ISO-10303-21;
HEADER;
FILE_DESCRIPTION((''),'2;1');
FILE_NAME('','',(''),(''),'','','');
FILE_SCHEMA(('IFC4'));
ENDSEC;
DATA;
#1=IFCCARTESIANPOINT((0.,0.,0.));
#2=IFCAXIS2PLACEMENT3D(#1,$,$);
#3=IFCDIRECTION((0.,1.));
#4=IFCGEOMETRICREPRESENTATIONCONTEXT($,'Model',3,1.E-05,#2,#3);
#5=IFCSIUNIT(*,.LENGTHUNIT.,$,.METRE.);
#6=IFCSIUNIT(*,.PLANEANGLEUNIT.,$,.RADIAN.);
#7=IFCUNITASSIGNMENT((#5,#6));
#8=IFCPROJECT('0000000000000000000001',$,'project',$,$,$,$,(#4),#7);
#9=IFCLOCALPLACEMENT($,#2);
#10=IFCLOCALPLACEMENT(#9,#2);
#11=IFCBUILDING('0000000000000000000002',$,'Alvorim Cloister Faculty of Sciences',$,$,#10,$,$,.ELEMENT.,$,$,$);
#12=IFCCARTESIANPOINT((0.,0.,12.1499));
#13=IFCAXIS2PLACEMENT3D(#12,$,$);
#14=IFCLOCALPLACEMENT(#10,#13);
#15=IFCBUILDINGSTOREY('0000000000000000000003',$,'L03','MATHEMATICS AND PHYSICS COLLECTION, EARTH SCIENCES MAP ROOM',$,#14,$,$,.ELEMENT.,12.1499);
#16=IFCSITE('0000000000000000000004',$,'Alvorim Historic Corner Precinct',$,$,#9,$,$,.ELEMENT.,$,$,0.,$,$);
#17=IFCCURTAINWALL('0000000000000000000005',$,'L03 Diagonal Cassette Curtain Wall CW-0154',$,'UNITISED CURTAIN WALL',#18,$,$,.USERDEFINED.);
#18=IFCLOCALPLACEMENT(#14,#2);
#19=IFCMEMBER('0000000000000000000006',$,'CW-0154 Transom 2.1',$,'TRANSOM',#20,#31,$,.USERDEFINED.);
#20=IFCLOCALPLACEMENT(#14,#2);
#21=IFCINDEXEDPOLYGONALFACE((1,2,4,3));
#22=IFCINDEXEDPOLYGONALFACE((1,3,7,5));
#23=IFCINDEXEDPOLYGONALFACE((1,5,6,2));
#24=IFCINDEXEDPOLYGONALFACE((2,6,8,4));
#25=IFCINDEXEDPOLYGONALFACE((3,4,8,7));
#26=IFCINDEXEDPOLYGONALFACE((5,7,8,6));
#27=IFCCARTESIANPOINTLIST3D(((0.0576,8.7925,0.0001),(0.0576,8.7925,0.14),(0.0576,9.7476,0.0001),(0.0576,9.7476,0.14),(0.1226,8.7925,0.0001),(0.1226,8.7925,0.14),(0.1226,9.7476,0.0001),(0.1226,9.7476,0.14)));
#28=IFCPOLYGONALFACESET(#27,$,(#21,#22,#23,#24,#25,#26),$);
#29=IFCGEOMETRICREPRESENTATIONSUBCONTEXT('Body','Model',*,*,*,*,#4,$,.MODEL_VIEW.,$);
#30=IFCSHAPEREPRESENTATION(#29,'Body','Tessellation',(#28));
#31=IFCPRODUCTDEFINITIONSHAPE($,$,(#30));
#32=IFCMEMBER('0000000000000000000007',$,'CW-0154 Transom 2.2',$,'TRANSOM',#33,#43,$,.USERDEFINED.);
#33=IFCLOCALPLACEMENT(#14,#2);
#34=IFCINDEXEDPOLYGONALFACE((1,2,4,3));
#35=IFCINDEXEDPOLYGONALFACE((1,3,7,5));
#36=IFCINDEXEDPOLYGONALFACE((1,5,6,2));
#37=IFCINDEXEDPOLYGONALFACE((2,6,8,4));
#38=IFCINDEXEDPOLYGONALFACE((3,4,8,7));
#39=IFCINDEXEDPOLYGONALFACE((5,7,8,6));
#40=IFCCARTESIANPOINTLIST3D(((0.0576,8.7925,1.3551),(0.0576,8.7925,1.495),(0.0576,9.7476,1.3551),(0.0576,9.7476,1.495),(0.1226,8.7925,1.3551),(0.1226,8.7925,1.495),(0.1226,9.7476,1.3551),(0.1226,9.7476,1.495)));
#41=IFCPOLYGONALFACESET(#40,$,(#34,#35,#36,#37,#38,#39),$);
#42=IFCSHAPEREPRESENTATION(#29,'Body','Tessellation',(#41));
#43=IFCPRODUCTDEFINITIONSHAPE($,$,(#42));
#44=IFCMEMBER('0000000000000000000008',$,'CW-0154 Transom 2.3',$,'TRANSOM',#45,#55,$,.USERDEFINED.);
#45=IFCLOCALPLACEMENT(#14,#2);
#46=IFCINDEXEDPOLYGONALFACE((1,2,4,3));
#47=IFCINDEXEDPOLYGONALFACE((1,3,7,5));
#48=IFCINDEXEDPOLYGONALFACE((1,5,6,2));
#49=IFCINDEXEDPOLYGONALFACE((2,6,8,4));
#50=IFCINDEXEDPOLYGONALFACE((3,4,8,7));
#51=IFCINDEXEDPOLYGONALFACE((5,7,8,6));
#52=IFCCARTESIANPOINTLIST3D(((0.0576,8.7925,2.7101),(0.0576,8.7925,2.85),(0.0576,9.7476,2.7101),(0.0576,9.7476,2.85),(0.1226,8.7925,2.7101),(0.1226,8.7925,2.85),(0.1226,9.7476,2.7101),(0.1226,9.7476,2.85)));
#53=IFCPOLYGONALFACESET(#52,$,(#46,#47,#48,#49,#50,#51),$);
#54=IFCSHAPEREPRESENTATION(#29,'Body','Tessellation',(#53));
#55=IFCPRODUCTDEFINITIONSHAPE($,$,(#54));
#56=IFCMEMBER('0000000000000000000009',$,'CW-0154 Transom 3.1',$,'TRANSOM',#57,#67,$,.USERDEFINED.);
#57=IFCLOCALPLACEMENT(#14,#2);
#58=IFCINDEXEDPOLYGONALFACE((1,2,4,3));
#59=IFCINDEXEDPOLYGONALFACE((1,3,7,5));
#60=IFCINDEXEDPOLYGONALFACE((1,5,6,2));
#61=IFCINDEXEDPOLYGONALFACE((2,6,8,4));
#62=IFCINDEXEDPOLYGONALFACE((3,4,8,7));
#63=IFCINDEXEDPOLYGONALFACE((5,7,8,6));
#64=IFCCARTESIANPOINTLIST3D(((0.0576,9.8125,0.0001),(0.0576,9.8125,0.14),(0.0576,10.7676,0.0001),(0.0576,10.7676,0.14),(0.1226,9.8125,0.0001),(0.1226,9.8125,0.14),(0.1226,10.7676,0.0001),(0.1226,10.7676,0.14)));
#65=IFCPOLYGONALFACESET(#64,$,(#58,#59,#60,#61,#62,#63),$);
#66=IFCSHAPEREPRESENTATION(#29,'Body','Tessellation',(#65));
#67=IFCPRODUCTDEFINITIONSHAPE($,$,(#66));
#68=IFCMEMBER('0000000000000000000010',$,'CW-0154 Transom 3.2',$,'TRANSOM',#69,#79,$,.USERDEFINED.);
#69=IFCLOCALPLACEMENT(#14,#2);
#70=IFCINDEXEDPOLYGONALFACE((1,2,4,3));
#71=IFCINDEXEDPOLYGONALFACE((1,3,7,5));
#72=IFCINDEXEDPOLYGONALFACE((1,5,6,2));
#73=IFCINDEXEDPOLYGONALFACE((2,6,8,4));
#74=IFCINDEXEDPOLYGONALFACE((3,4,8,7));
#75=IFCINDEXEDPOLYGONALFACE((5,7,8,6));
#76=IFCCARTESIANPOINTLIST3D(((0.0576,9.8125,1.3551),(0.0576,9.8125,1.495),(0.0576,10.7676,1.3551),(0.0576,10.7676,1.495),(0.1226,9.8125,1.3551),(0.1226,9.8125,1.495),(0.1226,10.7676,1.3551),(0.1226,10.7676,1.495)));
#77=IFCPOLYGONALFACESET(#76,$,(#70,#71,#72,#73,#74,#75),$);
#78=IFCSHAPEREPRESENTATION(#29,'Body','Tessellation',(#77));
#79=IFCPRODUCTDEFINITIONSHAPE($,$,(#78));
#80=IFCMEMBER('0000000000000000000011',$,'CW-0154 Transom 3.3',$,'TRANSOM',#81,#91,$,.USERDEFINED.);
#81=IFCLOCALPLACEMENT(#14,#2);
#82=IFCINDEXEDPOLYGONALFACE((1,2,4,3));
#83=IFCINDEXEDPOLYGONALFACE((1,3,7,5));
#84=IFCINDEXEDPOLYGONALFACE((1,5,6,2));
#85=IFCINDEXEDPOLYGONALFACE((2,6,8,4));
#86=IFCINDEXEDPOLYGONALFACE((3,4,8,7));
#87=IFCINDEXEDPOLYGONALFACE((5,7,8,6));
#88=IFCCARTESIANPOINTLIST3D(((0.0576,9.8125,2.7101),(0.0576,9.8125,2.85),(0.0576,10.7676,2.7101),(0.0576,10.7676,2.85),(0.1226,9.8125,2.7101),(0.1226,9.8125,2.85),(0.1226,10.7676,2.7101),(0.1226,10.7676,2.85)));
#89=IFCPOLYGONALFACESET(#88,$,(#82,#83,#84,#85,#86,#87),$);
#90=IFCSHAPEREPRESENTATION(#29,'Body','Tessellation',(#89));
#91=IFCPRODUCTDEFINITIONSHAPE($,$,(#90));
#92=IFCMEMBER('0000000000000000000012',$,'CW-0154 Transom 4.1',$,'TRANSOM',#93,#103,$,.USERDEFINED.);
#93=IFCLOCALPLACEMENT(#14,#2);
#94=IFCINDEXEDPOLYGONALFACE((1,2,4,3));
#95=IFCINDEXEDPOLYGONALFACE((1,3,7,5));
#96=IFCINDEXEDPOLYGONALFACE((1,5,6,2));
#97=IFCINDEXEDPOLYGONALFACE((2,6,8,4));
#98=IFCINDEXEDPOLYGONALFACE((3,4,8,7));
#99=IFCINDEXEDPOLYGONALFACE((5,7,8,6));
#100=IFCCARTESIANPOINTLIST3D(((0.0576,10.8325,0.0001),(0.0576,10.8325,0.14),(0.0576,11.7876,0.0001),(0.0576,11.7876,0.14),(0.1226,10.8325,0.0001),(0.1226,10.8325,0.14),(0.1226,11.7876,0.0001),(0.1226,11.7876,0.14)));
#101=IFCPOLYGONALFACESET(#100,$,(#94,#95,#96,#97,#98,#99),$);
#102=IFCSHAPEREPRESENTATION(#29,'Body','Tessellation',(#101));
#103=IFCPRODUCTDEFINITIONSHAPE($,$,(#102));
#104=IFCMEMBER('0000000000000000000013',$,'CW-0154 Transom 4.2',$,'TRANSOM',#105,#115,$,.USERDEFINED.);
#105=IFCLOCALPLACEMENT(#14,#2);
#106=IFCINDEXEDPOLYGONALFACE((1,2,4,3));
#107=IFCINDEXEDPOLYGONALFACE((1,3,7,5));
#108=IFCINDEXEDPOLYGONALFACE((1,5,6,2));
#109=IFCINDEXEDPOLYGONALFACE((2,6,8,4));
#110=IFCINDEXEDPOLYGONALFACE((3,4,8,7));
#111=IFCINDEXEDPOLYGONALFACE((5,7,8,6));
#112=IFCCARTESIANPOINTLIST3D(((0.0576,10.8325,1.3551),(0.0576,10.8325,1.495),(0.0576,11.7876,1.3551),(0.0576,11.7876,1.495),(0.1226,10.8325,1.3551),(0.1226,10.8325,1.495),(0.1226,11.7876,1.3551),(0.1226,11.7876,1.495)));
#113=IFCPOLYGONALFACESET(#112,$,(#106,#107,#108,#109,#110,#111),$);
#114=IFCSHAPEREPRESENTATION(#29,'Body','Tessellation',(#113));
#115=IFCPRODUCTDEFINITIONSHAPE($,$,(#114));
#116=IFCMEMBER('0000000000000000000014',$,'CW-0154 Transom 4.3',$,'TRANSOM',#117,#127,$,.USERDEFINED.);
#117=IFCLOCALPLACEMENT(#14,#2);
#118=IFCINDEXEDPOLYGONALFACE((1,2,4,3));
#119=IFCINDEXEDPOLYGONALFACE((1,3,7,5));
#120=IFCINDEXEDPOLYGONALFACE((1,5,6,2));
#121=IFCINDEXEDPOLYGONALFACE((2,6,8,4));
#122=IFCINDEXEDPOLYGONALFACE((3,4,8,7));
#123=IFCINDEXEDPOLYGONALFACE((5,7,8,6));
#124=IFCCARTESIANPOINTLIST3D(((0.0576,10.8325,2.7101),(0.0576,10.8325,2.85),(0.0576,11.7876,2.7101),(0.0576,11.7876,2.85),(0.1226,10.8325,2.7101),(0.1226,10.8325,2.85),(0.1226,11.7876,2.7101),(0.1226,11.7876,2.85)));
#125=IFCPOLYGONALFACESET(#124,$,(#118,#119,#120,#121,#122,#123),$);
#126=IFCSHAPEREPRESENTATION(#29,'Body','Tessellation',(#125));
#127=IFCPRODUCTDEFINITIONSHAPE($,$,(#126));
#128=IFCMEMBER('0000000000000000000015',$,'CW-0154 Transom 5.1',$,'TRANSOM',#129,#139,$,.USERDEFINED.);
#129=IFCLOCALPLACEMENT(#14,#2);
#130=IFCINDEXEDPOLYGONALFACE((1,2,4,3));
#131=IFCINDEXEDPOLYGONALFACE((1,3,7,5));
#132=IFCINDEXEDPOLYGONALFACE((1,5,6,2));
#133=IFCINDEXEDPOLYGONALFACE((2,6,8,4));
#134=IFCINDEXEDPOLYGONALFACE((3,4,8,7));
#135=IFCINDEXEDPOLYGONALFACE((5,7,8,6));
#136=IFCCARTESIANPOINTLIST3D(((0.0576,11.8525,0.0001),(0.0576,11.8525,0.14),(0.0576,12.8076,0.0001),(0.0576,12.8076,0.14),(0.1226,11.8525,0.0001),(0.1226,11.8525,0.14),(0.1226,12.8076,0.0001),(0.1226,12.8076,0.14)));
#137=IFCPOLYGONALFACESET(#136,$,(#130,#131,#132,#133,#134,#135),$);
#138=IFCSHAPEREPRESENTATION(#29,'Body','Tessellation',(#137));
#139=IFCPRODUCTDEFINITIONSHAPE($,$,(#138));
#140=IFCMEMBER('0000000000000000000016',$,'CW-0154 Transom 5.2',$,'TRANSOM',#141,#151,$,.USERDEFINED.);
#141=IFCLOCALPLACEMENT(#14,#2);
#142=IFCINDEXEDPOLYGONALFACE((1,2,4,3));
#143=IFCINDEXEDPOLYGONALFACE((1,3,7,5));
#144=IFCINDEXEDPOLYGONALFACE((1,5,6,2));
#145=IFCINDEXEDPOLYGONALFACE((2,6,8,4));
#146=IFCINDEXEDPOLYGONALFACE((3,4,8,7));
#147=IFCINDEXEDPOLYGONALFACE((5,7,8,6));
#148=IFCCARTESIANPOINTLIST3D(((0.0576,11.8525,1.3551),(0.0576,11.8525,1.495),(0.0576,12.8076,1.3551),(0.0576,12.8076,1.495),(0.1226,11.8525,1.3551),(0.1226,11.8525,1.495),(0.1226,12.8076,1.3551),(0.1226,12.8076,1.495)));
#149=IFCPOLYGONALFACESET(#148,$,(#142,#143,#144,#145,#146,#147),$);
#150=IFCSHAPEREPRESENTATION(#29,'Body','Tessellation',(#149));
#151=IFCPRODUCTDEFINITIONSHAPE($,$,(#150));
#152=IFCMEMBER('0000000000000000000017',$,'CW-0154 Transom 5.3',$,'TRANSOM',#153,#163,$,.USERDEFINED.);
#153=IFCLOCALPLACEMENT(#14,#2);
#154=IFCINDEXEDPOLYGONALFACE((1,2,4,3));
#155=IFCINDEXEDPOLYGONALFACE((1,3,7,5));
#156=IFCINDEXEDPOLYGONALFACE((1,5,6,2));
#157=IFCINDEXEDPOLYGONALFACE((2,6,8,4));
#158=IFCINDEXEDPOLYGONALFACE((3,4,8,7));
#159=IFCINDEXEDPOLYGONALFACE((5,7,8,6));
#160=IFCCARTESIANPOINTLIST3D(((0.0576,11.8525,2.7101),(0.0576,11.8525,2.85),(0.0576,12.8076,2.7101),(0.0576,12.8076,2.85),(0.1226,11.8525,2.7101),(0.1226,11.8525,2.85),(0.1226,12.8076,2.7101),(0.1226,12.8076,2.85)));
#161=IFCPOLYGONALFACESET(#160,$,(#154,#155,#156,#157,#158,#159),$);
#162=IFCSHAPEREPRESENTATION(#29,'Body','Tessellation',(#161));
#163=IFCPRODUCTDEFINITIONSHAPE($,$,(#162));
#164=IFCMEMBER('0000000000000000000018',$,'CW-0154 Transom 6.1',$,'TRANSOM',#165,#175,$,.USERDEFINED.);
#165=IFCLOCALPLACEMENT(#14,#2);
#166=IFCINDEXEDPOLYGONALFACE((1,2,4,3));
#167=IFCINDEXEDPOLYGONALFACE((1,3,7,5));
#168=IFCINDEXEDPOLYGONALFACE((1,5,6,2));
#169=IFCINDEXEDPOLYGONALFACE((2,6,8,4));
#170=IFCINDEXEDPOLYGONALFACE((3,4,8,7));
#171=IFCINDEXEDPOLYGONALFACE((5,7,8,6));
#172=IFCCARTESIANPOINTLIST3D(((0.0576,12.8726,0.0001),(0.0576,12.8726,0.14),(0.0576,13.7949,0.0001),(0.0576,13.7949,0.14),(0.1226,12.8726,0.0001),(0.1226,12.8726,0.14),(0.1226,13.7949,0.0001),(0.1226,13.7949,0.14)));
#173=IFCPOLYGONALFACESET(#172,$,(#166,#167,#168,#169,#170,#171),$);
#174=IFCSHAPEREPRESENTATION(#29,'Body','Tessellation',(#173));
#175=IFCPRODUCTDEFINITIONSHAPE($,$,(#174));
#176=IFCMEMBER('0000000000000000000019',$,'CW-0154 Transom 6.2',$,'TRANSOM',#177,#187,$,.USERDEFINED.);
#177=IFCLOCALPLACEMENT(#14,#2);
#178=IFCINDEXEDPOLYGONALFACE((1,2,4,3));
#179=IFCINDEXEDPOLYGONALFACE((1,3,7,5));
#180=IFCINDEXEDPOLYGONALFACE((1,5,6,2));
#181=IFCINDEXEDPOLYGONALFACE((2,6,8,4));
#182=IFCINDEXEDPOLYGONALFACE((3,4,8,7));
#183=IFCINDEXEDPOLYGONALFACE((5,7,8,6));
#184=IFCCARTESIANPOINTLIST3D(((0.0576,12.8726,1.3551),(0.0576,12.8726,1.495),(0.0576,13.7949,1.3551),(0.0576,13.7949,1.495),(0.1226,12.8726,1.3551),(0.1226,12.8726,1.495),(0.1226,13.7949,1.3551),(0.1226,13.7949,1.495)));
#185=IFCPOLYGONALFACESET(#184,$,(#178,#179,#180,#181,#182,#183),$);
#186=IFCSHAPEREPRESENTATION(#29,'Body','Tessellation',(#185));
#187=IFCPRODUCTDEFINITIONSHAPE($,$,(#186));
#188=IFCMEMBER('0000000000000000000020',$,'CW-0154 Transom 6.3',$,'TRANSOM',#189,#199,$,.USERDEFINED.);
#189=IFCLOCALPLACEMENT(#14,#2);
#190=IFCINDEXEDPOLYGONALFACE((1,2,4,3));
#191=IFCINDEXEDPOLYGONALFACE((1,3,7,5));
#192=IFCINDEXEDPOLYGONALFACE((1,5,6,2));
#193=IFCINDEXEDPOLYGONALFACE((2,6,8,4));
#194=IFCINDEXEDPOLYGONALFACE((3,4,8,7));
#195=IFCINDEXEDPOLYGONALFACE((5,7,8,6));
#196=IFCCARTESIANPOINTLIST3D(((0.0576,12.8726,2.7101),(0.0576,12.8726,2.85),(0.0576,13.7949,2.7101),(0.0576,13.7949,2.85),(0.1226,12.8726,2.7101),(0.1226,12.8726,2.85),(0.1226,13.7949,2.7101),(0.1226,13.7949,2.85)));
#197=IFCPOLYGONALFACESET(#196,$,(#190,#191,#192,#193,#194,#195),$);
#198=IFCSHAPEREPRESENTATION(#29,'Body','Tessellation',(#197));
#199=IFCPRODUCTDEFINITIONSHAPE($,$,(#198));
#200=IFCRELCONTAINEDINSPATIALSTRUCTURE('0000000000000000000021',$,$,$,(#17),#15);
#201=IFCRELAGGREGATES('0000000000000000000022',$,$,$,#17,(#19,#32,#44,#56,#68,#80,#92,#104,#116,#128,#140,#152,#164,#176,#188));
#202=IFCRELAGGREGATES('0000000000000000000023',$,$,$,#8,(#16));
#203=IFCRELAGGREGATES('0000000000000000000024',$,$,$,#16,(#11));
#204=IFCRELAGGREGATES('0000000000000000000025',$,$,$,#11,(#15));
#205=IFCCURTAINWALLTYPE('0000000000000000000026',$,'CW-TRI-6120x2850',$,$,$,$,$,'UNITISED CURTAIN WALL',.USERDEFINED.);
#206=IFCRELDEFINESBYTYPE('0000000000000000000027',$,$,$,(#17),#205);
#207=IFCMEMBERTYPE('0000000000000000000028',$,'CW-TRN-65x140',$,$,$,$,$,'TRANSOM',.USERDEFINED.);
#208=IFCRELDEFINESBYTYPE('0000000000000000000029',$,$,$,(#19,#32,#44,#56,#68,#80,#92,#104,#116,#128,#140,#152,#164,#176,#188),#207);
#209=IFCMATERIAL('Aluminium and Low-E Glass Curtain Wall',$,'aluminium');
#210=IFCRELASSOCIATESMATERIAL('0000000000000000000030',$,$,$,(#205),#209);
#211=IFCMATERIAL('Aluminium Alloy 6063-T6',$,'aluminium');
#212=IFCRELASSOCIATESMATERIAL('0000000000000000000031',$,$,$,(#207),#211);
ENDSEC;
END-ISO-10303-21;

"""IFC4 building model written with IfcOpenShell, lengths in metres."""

from ifc_helpers import new_model, si_unit, direction, frame, origin, origin_2d, place, context, subcontext, project, spatial, rectangle, extrude, material, material_profile, profile_set, type_object, element, aggregate, save


model = new_model("IFC4")

# Units and contexts
model_context = context("Model", 3, precision=1e-05, world=origin(), true_north=direction((0.0, 1.0)))
body_context = subcontext(model_context, "Body", "Model", "MODEL_VIEW")
ifc_project = project(units=[si_unit("LENGTHUNIT", "METRE"), si_unit("PLANEANGLEUNIT", "RADIAN")], contexts=[model_context])

# Site, building, storey
site_placement = place(None, origin())
site = spatial("IfcSite", under=ifc_project, at=site_placement, Name="Alvorim Historic Corner Precinct", CompositionType="ELEMENT", RefElevation=0.0)
building_placement = place(site_placement, origin())
building = spatial("IfcBuilding", under=site, at=building_placement, Name="Alvorim Cloister Faculty of Sciences", CompositionType="ELEMENT")
storey_placement = place(building_placement, frame((0.0, 0.0, 12.1499)))
storey = spatial("IfcBuildingStorey", under=building, at=storey_placement, Name="L03", Description="MATHEMATICS AND PHYSICS COLLECTION, EARTH SCIENCES MAP ROOM", CompositionType="ELEMENT", Elevation=12.1499)

# Shared definitions
ifc_material_1 = material(Name="Aluminium and Low-E Glass Curtain Wall", Category="aluminium")
curtain_wall_type = type_object("IfcCurtainWallType", Name="CW-TRI-6120x2850", ElementType="UNITISED CURTAIN WALL", PredefinedType="USERDEFINED", material=ifc_material_1)
ifc_material_2 = material(Name="Aluminium Alloy 6063-T6", Category="aluminium")

# Curtain wall
curtain_wall_1_placement = place(storey_placement, origin())
curtain_wall_1 = element("IfcCurtainWall", 1, at=curtain_wall_1_placement, inside=storey, type_object=curtain_wall_type, Name="L03 Diagonal Cassette Curtain Wall CW-0154", ObjectType="UNITISED CURTAIN WALL", PredefinedType="USERDEFINED")

# Members
ifc_material_profile_1 = material_profile(ifc_material_2, rectangle(XDim=0.0649, YDim=0.1399, at=origin_2d()), Name="ALU-TRN-65x140")
ifc_profile_set_1 = profile_set([ifc_material_profile_1], Name="Aluminium Alloy 6063-T6")
member_type_1 = type_object("IfcMemberType", Name="CW-TRN-65x140", ElementType="TRANSOM", PredefinedType="USERDEFINED", material=ifc_profile_set_1)
member_1_placement = place(storey_placement, frame((0.0901, 8.7925, 0.0701), z_axis=(0.0, 1.0, 0.0), x_axis=(-1.0, 0.0, 0.0)))
member_1 = element("IfcMember", 2, at=member_1_placement, type_object=member_type_1, Name="CW-0154 Transom 2.1", ObjectType="TRANSOM", PredefinedType="USERDEFINED", context=body_context, shape_type="SweptSolid", body=[
    extrude(rectangle(XDim=0.0649, YDim=0.1399, at=origin_2d()), origin(), (0.0, 0.0, 1.0), 0.9551),
])
member_2_placement = place(storey_placement, frame((0.0901, 8.7925, 1.425), z_axis=(0.0, 1.0, 0.0), x_axis=(-1.0, 0.0, 0.0)))
member_2 = element("IfcMember", 3, at=member_2_placement, type_object=member_type_1, Name="CW-0154 Transom 2.2", ObjectType="TRANSOM", PredefinedType="USERDEFINED", context=body_context, shape_type="SweptSolid", body=[
    extrude(rectangle(XDim=0.0649, YDim=0.1399, at=origin_2d()), origin(), (0.0, 0.0, 1.0), 0.9551),
])
member_3_placement = place(storey_placement, frame((0.0901, 8.7925, 2.78), z_axis=(0.0, 1.0, 0.0), x_axis=(-1.0, 0.0, 0.0)))
member_3 = element("IfcMember", 4, at=member_3_placement, type_object=member_type_1, Name="CW-0154 Transom 2.3", ObjectType="TRANSOM", PredefinedType="USERDEFINED", context=body_context, shape_type="SweptSolid", body=[
    extrude(rectangle(XDim=0.0649, YDim=0.1399, at=origin_2d()), origin(), (0.0, 0.0, 1.0), 0.9551),
])
member_4_placement = place(storey_placement, frame((0.0901, 9.8125, 0.0701), z_axis=(0.0, 1.0, 0.0), x_axis=(-1.0, 0.0, 0.0)))
member_4 = element("IfcMember", 5, at=member_4_placement, type_object=member_type_1, Name="CW-0154 Transom 3.1", ObjectType="TRANSOM", PredefinedType="USERDEFINED", context=body_context, shape_type="SweptSolid", body=[
    extrude(rectangle(XDim=0.0649, YDim=0.1399, at=origin_2d()), origin(), (0.0, 0.0, 1.0), 0.9551),
])
member_5_placement = place(storey_placement, frame((0.0901, 9.8125, 1.425), z_axis=(0.0, 1.0, 0.0), x_axis=(-1.0, 0.0, 0.0)))
member_5 = element("IfcMember", 6, at=member_5_placement, type_object=member_type_1, Name="CW-0154 Transom 3.2", ObjectType="TRANSOM", PredefinedType="USERDEFINED", context=body_context, shape_type="SweptSolid", body=[
    extrude(rectangle(XDim=0.0649, YDim=0.1399, at=origin_2d()), origin(), (0.0, 0.0, 1.0), 0.9551),
])
member_6_placement = place(storey_placement, frame((0.0901, 9.8125, 2.78), z_axis=(0.0, 1.0, 0.0), x_axis=(-1.0, 0.0, 0.0)))
member_6 = element("IfcMember", 7, at=member_6_placement, type_object=member_type_1, Name="CW-0154 Transom 3.3", ObjectType="TRANSOM", PredefinedType="USERDEFINED", context=body_context, shape_type="SweptSolid", body=[
    extrude(rectangle(XDim=0.0649, YDim=0.1399, at=origin_2d()), origin(), (0.0, 0.0, 1.0), 0.9551),
])
member_7_placement = place(storey_placement, frame((0.0901, 10.8325, 0.0701), z_axis=(0.0, 1.0, 0.0), x_axis=(-1.0, 0.0, 0.0)))
member_7 = element("IfcMember", 8, at=member_7_placement, type_object=member_type_1, Name="CW-0154 Transom 4.1", ObjectType="TRANSOM", PredefinedType="USERDEFINED", context=body_context, shape_type="SweptSolid", body=[
    extrude(rectangle(XDim=0.0649, YDim=0.1399, at=origin_2d()), origin(), (0.0, 0.0, 1.0), 0.9551),
])
member_8_placement = place(storey_placement, frame((0.0901, 10.8325, 1.425), z_axis=(0.0, 1.0, 0.0), x_axis=(-1.0, 0.0, 0.0)))
member_8 = element("IfcMember", 9, at=member_8_placement, type_object=member_type_1, Name="CW-0154 Transom 4.2", ObjectType="TRANSOM", PredefinedType="USERDEFINED", context=body_context, shape_type="SweptSolid", body=[
    extrude(rectangle(XDim=0.0649, YDim=0.1399, at=origin_2d()), origin(), (0.0, 0.0, 1.0), 0.9551),
])
member_9_placement = place(storey_placement, frame((0.0901, 10.8325, 2.78), z_axis=(0.0, 1.0, 0.0), x_axis=(-1.0, 0.0, 0.0)))
member_9 = element("IfcMember", 10, at=member_9_placement, type_object=member_type_1, Name="CW-0154 Transom 4.3", ObjectType="TRANSOM", PredefinedType="USERDEFINED", context=body_context, shape_type="SweptSolid", body=[
    extrude(rectangle(XDim=0.0649, YDim=0.1399, at=origin_2d()), origin(), (0.0, 0.0, 1.0), 0.9551),
])
member_10_placement = place(storey_placement, frame((0.0901, 11.8525, 0.0701), z_axis=(0.0, 1.0, 0.0), x_axis=(-1.0, 0.0, 0.0)))
member_10 = element("IfcMember", 11, at=member_10_placement, type_object=member_type_1, Name="CW-0154 Transom 5.1", ObjectType="TRANSOM", PredefinedType="USERDEFINED", context=body_context, shape_type="SweptSolid", body=[
    extrude(rectangle(XDim=0.0649, YDim=0.1399, at=origin_2d()), origin(), (0.0, 0.0, 1.0), 0.9551),
])
member_11_placement = place(storey_placement, frame((0.0901, 11.8525, 1.425), z_axis=(0.0, 1.0, 0.0), x_axis=(-1.0, 0.0, 0.0)))
member_11 = element("IfcMember", 12, at=member_11_placement, type_object=member_type_1, Name="CW-0154 Transom 5.2", ObjectType="TRANSOM", PredefinedType="USERDEFINED", context=body_context, shape_type="SweptSolid", body=[
    extrude(rectangle(XDim=0.0649, YDim=0.1399, at=origin_2d()), origin(), (0.0, 0.0, 1.0), 0.9551),
])
member_12_placement = place(storey_placement, frame((0.0901, 11.8525, 2.78), z_axis=(0.0, 1.0, 0.0), x_axis=(-1.0, 0.0, 0.0)))
member_12 = element("IfcMember", 13, at=member_12_placement, type_object=member_type_1, Name="CW-0154 Transom 5.3", ObjectType="TRANSOM", PredefinedType="USERDEFINED", context=body_context, shape_type="SweptSolid", body=[
    extrude(rectangle(XDim=0.0649, YDim=0.1399, at=origin_2d()), origin(), (0.0, 0.0, 1.0), 0.9551),
])
member_13_placement = place(storey_placement, frame((0.0901, 12.8726, 0.0701), z_axis=(0.0, 1.0, 0.0), x_axis=(-1.0, 0.0, 0.0)))
member_13 = element("IfcMember", 14, at=member_13_placement, type_object=member_type_1, Name="CW-0154 Transom 6.1", ObjectType="TRANSOM", PredefinedType="USERDEFINED", context=body_context, shape_type="SweptSolid", body=[
    extrude(rectangle(XDim=0.0649, YDim=0.1399, at=origin_2d()), origin(), (0.0, 0.0, 1.0), 0.9224),
])
member_14_placement = place(storey_placement, frame((0.0901, 12.8726, 1.425), z_axis=(0.0, 1.0, 0.0), x_axis=(-1.0, 0.0, 0.0)))
member_14 = element("IfcMember", 15, at=member_14_placement, type_object=member_type_1, Name="CW-0154 Transom 6.2", ObjectType="TRANSOM", PredefinedType="USERDEFINED", context=body_context, shape_type="SweptSolid", body=[
    extrude(rectangle(XDim=0.0649, YDim=0.1399, at=origin_2d()), origin(), (0.0, 0.0, 1.0), 0.9224),
])
member_15_placement = place(storey_placement, frame((0.0901, 12.8726, 2.78), z_axis=(0.0, 1.0, 0.0), x_axis=(-1.0, 0.0, 0.0)))
member_15 = element("IfcMember", 16, at=member_15_placement, type_object=member_type_1, Name="CW-0154 Transom 6.3", ObjectType="TRANSOM", PredefinedType="USERDEFINED", context=body_context, shape_type="SweptSolid", body=[
    extrude(rectangle(XDim=0.0649, YDim=0.1399, at=origin_2d()), origin(), (0.0, 0.0, 1.0), 0.9224),
])
aggregate(curtain_wall_1, [member_1, member_2, member_3, member_4, member_5, member_6, member_7, member_8, member_9, member_10, member_11, member_12, member_13, member_14, member_15])

save(model, "model.ifc")
